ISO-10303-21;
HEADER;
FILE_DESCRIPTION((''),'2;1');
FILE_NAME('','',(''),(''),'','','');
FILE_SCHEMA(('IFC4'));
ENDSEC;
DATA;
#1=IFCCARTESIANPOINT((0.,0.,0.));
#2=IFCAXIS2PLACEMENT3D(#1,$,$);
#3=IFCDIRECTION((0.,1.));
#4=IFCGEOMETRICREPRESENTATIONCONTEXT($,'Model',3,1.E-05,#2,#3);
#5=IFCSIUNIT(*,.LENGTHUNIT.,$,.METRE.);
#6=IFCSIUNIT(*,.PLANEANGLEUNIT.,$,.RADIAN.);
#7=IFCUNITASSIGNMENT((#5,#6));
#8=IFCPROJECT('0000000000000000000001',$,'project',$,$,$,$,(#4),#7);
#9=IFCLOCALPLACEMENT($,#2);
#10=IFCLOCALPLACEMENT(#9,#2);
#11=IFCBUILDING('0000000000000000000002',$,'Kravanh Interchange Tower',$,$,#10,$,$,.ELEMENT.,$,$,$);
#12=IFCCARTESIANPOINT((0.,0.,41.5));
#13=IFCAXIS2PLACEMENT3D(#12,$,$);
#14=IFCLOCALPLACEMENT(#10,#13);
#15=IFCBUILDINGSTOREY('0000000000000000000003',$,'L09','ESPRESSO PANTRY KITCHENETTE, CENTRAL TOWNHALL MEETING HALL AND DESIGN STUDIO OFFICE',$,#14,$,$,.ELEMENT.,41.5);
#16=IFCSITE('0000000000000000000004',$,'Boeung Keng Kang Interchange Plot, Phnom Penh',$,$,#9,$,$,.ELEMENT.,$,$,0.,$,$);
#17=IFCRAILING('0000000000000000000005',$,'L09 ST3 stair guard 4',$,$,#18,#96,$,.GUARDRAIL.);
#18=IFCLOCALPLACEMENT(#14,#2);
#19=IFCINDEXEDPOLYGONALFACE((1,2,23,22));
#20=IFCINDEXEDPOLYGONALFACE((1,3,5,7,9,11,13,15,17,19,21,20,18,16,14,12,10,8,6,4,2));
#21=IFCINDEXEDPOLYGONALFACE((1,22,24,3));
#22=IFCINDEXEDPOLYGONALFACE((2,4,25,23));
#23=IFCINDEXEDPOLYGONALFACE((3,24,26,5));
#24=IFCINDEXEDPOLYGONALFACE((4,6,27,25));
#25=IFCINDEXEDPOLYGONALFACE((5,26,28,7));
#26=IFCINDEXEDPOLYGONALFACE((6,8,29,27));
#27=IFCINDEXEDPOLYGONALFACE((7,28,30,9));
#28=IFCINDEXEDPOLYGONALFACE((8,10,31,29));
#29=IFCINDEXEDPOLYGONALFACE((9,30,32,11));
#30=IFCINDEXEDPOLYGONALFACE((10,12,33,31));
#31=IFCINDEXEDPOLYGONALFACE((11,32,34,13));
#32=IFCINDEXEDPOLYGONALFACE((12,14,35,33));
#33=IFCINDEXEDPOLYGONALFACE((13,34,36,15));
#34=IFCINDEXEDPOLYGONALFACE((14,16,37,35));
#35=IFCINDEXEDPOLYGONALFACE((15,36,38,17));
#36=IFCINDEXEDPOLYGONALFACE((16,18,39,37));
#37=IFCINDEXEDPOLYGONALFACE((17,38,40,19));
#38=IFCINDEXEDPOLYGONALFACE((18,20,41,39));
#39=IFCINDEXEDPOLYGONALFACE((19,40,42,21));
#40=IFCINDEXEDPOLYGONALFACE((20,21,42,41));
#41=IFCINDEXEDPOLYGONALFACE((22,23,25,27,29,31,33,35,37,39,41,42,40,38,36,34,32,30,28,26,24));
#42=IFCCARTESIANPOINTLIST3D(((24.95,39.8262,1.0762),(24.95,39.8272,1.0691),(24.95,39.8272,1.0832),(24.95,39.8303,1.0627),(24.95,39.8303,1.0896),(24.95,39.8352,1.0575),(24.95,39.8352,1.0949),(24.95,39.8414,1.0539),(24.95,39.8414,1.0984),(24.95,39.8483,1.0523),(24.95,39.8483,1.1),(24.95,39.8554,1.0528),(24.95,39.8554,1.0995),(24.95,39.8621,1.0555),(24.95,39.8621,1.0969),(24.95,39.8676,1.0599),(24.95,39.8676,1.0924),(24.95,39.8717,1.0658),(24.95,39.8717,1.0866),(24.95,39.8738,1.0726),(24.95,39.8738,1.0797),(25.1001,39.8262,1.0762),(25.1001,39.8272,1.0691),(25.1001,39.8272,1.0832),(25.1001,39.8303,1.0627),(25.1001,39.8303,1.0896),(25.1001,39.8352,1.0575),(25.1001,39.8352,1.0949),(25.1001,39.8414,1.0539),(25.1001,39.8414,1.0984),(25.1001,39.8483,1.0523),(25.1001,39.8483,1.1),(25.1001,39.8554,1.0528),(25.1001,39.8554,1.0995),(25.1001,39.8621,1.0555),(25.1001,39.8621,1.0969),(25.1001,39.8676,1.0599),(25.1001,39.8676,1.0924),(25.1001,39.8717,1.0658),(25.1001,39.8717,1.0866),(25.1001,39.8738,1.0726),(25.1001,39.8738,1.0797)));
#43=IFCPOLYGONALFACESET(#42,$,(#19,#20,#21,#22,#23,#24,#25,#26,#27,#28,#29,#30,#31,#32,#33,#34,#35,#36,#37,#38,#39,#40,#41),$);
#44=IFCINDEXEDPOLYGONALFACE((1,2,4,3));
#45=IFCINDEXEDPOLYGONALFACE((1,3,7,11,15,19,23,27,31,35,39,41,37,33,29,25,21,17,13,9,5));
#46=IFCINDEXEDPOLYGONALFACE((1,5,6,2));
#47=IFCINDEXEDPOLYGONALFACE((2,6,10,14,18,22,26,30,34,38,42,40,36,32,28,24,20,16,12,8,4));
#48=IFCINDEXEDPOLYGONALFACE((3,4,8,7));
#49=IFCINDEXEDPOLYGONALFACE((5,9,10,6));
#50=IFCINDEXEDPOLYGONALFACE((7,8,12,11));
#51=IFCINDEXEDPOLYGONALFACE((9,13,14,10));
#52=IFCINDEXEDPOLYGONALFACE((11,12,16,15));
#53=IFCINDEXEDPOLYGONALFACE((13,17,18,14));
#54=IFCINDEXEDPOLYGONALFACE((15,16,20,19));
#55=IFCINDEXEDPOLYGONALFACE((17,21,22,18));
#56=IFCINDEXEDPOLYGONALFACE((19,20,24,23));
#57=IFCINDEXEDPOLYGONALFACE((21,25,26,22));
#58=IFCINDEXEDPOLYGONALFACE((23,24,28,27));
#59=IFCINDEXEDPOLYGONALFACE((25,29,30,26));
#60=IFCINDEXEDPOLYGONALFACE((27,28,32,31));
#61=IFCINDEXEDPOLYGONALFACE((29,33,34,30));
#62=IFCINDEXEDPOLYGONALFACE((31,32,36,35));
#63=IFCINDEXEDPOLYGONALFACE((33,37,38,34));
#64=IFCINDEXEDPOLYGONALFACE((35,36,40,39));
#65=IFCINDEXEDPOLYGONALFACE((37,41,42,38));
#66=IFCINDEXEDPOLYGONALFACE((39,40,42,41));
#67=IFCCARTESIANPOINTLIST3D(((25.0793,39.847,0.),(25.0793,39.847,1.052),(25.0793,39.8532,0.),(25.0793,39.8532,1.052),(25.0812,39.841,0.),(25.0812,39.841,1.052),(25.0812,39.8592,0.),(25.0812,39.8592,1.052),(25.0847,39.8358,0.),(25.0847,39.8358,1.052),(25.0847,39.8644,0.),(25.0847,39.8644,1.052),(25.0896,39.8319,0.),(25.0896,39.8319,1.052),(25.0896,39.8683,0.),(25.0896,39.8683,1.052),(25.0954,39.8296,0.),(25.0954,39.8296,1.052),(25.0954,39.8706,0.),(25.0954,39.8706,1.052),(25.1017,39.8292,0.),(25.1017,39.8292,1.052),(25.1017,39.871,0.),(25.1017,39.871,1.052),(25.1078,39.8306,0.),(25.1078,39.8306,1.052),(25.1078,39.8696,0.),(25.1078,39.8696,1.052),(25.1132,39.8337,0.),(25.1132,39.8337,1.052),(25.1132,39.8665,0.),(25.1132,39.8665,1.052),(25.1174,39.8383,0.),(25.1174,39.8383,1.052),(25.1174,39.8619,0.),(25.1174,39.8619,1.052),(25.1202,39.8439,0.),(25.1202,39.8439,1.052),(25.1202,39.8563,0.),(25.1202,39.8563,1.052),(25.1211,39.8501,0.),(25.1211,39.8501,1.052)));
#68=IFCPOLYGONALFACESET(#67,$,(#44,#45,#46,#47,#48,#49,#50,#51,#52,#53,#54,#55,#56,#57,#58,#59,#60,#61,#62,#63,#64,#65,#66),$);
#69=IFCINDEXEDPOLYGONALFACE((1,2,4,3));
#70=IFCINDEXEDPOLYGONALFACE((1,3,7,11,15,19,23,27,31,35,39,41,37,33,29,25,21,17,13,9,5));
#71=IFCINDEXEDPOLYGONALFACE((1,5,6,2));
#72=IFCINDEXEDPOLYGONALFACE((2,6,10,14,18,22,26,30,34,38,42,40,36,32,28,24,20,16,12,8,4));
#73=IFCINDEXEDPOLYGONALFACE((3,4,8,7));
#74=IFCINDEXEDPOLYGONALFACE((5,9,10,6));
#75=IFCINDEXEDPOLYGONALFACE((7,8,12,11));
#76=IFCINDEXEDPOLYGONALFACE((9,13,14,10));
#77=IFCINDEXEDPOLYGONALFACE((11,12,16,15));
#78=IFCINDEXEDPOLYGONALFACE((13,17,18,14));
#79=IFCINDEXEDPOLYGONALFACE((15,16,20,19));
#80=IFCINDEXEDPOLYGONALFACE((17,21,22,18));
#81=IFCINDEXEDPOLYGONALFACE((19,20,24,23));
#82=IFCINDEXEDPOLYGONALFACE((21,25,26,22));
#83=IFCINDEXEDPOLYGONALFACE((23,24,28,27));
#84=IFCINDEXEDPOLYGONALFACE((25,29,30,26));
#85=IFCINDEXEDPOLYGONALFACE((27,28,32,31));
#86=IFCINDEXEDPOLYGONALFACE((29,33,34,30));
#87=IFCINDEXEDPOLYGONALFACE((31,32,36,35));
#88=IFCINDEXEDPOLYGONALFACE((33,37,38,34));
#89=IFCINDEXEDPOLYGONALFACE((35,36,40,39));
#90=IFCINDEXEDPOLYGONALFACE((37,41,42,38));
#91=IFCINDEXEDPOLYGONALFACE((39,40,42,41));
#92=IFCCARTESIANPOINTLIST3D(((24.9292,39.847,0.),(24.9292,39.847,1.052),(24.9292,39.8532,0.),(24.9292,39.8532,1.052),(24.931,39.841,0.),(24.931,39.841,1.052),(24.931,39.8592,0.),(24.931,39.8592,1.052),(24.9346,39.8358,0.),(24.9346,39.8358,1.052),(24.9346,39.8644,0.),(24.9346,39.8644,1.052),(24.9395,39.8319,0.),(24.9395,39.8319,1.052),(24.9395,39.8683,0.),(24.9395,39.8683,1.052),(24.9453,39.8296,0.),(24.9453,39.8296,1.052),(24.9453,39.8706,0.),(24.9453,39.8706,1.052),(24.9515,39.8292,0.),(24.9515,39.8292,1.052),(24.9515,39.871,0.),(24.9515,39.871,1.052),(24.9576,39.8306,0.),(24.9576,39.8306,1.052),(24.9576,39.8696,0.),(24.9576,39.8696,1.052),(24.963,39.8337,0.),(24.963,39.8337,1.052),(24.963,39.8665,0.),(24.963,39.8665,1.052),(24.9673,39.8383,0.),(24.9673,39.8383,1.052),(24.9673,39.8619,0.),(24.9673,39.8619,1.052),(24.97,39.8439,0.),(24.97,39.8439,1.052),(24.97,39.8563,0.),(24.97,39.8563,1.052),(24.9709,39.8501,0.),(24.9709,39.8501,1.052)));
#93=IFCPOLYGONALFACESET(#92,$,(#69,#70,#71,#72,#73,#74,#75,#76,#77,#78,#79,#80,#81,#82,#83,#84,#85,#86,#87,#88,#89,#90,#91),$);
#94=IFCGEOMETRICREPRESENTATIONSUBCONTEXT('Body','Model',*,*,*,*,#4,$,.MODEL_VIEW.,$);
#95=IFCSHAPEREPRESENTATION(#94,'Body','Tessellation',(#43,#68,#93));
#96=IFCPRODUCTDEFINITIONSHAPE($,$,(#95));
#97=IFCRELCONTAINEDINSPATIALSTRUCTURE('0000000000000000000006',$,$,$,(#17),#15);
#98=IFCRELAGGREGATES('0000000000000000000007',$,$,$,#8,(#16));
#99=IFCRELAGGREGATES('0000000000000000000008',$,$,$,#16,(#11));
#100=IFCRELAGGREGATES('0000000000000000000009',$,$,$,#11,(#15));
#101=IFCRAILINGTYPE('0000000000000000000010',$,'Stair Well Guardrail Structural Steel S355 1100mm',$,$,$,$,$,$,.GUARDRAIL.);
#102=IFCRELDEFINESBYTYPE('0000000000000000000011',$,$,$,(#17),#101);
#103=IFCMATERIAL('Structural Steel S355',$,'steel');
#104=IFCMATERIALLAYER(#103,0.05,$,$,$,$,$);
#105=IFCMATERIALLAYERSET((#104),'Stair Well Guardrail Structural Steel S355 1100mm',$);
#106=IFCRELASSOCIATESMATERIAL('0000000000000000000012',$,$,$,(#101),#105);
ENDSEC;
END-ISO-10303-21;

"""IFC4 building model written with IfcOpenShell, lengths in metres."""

from ifc_helpers import new_model, si_unit, direction, frame, origin, origin_2d, place, context, subcontext, project, spatial, circle, extrude, material, layer, layer_set, type_object, element, save


model = new_model("IFC4")

# Units and contexts
model_context = context("Model", 3, precision=1e-05, world=origin(), true_north=direction((0.0, 1.0)))
body_context = subcontext(model_context, "Body", "Model", "MODEL_VIEW")
ifc_project = project(units=[si_unit("LENGTHUNIT", "METRE"), si_unit("PLANEANGLEUNIT", "RADIAN")], contexts=[model_context])

# Site, building, storey
site_placement = place(None, origin())
site = spatial("IfcSite", under=ifc_project, at=site_placement, Name="Boeung Keng Kang Interchange Plot, Phnom Penh", CompositionType="ELEMENT", RefElevation=0.0)
building_placement = place(site_placement, origin())
building = spatial("IfcBuilding", under=site, at=building_placement, Name="Kravanh Interchange Tower", CompositionType="ELEMENT")
storey_placement = place(building_placement, frame((0.0, 0.0, 41.5)))
storey = spatial("IfcBuildingStorey", under=building, at=storey_placement, Name="L09", Description="ESPRESSO PANTRY KITCHENETTE, CENTRAL TOWNHALL MEETING HALL AND DESIGN STUDIO OFFICE", CompositionType="ELEMENT", Elevation=41.5)

# Railing
ifc_material_1 = material(Name="Structural Steel S355", Category="steel")
ifc_layer_1 = layer(ifc_material_1, 0.05)
ifc_layer_set_1 = layer_set([ifc_layer_1], Name="Stair Well Guardrail Structural Steel S355 1100mm")
railing_type_1 = type_object("IfcRailingType", Name="Stair Well Guardrail Structural Steel S355 1100mm", PredefinedType="GUARDRAIL", material=ifc_layer_set_1)
railing_1_placement = place(storey_placement, frame((25.1001, 39.8501, 0.0)))
element("IfcRailing", 1, at=railing_1_placement, inside=storey, type_object=railing_type_1, Name="L09 ST3 stair guard 4", PredefinedType="GUARDRAIL", context=body_context, shape_type="SweptSolid", body=[
    extrude(circle(Radius=0.0239, at=origin_2d()), frame((0.0, 0.0, 1.0762), z_axis=(-1.0, 0.0, 0.0), x_axis=(0.0, -1.0, 0.0)), (0.0, 0.0, 1.0), 0.1501),
    extrude(circle(Radius=0.021, at=origin_2d()), origin(), (0.0, 0.0, 1.0), 1.052),
    extrude(circle(Radius=0.021, at=origin_2d()), frame((-0.1501, 0.0, 0.0)), (0.0, 0.0, 1.0), 1.052),
])

save(model, "model.ifc")
